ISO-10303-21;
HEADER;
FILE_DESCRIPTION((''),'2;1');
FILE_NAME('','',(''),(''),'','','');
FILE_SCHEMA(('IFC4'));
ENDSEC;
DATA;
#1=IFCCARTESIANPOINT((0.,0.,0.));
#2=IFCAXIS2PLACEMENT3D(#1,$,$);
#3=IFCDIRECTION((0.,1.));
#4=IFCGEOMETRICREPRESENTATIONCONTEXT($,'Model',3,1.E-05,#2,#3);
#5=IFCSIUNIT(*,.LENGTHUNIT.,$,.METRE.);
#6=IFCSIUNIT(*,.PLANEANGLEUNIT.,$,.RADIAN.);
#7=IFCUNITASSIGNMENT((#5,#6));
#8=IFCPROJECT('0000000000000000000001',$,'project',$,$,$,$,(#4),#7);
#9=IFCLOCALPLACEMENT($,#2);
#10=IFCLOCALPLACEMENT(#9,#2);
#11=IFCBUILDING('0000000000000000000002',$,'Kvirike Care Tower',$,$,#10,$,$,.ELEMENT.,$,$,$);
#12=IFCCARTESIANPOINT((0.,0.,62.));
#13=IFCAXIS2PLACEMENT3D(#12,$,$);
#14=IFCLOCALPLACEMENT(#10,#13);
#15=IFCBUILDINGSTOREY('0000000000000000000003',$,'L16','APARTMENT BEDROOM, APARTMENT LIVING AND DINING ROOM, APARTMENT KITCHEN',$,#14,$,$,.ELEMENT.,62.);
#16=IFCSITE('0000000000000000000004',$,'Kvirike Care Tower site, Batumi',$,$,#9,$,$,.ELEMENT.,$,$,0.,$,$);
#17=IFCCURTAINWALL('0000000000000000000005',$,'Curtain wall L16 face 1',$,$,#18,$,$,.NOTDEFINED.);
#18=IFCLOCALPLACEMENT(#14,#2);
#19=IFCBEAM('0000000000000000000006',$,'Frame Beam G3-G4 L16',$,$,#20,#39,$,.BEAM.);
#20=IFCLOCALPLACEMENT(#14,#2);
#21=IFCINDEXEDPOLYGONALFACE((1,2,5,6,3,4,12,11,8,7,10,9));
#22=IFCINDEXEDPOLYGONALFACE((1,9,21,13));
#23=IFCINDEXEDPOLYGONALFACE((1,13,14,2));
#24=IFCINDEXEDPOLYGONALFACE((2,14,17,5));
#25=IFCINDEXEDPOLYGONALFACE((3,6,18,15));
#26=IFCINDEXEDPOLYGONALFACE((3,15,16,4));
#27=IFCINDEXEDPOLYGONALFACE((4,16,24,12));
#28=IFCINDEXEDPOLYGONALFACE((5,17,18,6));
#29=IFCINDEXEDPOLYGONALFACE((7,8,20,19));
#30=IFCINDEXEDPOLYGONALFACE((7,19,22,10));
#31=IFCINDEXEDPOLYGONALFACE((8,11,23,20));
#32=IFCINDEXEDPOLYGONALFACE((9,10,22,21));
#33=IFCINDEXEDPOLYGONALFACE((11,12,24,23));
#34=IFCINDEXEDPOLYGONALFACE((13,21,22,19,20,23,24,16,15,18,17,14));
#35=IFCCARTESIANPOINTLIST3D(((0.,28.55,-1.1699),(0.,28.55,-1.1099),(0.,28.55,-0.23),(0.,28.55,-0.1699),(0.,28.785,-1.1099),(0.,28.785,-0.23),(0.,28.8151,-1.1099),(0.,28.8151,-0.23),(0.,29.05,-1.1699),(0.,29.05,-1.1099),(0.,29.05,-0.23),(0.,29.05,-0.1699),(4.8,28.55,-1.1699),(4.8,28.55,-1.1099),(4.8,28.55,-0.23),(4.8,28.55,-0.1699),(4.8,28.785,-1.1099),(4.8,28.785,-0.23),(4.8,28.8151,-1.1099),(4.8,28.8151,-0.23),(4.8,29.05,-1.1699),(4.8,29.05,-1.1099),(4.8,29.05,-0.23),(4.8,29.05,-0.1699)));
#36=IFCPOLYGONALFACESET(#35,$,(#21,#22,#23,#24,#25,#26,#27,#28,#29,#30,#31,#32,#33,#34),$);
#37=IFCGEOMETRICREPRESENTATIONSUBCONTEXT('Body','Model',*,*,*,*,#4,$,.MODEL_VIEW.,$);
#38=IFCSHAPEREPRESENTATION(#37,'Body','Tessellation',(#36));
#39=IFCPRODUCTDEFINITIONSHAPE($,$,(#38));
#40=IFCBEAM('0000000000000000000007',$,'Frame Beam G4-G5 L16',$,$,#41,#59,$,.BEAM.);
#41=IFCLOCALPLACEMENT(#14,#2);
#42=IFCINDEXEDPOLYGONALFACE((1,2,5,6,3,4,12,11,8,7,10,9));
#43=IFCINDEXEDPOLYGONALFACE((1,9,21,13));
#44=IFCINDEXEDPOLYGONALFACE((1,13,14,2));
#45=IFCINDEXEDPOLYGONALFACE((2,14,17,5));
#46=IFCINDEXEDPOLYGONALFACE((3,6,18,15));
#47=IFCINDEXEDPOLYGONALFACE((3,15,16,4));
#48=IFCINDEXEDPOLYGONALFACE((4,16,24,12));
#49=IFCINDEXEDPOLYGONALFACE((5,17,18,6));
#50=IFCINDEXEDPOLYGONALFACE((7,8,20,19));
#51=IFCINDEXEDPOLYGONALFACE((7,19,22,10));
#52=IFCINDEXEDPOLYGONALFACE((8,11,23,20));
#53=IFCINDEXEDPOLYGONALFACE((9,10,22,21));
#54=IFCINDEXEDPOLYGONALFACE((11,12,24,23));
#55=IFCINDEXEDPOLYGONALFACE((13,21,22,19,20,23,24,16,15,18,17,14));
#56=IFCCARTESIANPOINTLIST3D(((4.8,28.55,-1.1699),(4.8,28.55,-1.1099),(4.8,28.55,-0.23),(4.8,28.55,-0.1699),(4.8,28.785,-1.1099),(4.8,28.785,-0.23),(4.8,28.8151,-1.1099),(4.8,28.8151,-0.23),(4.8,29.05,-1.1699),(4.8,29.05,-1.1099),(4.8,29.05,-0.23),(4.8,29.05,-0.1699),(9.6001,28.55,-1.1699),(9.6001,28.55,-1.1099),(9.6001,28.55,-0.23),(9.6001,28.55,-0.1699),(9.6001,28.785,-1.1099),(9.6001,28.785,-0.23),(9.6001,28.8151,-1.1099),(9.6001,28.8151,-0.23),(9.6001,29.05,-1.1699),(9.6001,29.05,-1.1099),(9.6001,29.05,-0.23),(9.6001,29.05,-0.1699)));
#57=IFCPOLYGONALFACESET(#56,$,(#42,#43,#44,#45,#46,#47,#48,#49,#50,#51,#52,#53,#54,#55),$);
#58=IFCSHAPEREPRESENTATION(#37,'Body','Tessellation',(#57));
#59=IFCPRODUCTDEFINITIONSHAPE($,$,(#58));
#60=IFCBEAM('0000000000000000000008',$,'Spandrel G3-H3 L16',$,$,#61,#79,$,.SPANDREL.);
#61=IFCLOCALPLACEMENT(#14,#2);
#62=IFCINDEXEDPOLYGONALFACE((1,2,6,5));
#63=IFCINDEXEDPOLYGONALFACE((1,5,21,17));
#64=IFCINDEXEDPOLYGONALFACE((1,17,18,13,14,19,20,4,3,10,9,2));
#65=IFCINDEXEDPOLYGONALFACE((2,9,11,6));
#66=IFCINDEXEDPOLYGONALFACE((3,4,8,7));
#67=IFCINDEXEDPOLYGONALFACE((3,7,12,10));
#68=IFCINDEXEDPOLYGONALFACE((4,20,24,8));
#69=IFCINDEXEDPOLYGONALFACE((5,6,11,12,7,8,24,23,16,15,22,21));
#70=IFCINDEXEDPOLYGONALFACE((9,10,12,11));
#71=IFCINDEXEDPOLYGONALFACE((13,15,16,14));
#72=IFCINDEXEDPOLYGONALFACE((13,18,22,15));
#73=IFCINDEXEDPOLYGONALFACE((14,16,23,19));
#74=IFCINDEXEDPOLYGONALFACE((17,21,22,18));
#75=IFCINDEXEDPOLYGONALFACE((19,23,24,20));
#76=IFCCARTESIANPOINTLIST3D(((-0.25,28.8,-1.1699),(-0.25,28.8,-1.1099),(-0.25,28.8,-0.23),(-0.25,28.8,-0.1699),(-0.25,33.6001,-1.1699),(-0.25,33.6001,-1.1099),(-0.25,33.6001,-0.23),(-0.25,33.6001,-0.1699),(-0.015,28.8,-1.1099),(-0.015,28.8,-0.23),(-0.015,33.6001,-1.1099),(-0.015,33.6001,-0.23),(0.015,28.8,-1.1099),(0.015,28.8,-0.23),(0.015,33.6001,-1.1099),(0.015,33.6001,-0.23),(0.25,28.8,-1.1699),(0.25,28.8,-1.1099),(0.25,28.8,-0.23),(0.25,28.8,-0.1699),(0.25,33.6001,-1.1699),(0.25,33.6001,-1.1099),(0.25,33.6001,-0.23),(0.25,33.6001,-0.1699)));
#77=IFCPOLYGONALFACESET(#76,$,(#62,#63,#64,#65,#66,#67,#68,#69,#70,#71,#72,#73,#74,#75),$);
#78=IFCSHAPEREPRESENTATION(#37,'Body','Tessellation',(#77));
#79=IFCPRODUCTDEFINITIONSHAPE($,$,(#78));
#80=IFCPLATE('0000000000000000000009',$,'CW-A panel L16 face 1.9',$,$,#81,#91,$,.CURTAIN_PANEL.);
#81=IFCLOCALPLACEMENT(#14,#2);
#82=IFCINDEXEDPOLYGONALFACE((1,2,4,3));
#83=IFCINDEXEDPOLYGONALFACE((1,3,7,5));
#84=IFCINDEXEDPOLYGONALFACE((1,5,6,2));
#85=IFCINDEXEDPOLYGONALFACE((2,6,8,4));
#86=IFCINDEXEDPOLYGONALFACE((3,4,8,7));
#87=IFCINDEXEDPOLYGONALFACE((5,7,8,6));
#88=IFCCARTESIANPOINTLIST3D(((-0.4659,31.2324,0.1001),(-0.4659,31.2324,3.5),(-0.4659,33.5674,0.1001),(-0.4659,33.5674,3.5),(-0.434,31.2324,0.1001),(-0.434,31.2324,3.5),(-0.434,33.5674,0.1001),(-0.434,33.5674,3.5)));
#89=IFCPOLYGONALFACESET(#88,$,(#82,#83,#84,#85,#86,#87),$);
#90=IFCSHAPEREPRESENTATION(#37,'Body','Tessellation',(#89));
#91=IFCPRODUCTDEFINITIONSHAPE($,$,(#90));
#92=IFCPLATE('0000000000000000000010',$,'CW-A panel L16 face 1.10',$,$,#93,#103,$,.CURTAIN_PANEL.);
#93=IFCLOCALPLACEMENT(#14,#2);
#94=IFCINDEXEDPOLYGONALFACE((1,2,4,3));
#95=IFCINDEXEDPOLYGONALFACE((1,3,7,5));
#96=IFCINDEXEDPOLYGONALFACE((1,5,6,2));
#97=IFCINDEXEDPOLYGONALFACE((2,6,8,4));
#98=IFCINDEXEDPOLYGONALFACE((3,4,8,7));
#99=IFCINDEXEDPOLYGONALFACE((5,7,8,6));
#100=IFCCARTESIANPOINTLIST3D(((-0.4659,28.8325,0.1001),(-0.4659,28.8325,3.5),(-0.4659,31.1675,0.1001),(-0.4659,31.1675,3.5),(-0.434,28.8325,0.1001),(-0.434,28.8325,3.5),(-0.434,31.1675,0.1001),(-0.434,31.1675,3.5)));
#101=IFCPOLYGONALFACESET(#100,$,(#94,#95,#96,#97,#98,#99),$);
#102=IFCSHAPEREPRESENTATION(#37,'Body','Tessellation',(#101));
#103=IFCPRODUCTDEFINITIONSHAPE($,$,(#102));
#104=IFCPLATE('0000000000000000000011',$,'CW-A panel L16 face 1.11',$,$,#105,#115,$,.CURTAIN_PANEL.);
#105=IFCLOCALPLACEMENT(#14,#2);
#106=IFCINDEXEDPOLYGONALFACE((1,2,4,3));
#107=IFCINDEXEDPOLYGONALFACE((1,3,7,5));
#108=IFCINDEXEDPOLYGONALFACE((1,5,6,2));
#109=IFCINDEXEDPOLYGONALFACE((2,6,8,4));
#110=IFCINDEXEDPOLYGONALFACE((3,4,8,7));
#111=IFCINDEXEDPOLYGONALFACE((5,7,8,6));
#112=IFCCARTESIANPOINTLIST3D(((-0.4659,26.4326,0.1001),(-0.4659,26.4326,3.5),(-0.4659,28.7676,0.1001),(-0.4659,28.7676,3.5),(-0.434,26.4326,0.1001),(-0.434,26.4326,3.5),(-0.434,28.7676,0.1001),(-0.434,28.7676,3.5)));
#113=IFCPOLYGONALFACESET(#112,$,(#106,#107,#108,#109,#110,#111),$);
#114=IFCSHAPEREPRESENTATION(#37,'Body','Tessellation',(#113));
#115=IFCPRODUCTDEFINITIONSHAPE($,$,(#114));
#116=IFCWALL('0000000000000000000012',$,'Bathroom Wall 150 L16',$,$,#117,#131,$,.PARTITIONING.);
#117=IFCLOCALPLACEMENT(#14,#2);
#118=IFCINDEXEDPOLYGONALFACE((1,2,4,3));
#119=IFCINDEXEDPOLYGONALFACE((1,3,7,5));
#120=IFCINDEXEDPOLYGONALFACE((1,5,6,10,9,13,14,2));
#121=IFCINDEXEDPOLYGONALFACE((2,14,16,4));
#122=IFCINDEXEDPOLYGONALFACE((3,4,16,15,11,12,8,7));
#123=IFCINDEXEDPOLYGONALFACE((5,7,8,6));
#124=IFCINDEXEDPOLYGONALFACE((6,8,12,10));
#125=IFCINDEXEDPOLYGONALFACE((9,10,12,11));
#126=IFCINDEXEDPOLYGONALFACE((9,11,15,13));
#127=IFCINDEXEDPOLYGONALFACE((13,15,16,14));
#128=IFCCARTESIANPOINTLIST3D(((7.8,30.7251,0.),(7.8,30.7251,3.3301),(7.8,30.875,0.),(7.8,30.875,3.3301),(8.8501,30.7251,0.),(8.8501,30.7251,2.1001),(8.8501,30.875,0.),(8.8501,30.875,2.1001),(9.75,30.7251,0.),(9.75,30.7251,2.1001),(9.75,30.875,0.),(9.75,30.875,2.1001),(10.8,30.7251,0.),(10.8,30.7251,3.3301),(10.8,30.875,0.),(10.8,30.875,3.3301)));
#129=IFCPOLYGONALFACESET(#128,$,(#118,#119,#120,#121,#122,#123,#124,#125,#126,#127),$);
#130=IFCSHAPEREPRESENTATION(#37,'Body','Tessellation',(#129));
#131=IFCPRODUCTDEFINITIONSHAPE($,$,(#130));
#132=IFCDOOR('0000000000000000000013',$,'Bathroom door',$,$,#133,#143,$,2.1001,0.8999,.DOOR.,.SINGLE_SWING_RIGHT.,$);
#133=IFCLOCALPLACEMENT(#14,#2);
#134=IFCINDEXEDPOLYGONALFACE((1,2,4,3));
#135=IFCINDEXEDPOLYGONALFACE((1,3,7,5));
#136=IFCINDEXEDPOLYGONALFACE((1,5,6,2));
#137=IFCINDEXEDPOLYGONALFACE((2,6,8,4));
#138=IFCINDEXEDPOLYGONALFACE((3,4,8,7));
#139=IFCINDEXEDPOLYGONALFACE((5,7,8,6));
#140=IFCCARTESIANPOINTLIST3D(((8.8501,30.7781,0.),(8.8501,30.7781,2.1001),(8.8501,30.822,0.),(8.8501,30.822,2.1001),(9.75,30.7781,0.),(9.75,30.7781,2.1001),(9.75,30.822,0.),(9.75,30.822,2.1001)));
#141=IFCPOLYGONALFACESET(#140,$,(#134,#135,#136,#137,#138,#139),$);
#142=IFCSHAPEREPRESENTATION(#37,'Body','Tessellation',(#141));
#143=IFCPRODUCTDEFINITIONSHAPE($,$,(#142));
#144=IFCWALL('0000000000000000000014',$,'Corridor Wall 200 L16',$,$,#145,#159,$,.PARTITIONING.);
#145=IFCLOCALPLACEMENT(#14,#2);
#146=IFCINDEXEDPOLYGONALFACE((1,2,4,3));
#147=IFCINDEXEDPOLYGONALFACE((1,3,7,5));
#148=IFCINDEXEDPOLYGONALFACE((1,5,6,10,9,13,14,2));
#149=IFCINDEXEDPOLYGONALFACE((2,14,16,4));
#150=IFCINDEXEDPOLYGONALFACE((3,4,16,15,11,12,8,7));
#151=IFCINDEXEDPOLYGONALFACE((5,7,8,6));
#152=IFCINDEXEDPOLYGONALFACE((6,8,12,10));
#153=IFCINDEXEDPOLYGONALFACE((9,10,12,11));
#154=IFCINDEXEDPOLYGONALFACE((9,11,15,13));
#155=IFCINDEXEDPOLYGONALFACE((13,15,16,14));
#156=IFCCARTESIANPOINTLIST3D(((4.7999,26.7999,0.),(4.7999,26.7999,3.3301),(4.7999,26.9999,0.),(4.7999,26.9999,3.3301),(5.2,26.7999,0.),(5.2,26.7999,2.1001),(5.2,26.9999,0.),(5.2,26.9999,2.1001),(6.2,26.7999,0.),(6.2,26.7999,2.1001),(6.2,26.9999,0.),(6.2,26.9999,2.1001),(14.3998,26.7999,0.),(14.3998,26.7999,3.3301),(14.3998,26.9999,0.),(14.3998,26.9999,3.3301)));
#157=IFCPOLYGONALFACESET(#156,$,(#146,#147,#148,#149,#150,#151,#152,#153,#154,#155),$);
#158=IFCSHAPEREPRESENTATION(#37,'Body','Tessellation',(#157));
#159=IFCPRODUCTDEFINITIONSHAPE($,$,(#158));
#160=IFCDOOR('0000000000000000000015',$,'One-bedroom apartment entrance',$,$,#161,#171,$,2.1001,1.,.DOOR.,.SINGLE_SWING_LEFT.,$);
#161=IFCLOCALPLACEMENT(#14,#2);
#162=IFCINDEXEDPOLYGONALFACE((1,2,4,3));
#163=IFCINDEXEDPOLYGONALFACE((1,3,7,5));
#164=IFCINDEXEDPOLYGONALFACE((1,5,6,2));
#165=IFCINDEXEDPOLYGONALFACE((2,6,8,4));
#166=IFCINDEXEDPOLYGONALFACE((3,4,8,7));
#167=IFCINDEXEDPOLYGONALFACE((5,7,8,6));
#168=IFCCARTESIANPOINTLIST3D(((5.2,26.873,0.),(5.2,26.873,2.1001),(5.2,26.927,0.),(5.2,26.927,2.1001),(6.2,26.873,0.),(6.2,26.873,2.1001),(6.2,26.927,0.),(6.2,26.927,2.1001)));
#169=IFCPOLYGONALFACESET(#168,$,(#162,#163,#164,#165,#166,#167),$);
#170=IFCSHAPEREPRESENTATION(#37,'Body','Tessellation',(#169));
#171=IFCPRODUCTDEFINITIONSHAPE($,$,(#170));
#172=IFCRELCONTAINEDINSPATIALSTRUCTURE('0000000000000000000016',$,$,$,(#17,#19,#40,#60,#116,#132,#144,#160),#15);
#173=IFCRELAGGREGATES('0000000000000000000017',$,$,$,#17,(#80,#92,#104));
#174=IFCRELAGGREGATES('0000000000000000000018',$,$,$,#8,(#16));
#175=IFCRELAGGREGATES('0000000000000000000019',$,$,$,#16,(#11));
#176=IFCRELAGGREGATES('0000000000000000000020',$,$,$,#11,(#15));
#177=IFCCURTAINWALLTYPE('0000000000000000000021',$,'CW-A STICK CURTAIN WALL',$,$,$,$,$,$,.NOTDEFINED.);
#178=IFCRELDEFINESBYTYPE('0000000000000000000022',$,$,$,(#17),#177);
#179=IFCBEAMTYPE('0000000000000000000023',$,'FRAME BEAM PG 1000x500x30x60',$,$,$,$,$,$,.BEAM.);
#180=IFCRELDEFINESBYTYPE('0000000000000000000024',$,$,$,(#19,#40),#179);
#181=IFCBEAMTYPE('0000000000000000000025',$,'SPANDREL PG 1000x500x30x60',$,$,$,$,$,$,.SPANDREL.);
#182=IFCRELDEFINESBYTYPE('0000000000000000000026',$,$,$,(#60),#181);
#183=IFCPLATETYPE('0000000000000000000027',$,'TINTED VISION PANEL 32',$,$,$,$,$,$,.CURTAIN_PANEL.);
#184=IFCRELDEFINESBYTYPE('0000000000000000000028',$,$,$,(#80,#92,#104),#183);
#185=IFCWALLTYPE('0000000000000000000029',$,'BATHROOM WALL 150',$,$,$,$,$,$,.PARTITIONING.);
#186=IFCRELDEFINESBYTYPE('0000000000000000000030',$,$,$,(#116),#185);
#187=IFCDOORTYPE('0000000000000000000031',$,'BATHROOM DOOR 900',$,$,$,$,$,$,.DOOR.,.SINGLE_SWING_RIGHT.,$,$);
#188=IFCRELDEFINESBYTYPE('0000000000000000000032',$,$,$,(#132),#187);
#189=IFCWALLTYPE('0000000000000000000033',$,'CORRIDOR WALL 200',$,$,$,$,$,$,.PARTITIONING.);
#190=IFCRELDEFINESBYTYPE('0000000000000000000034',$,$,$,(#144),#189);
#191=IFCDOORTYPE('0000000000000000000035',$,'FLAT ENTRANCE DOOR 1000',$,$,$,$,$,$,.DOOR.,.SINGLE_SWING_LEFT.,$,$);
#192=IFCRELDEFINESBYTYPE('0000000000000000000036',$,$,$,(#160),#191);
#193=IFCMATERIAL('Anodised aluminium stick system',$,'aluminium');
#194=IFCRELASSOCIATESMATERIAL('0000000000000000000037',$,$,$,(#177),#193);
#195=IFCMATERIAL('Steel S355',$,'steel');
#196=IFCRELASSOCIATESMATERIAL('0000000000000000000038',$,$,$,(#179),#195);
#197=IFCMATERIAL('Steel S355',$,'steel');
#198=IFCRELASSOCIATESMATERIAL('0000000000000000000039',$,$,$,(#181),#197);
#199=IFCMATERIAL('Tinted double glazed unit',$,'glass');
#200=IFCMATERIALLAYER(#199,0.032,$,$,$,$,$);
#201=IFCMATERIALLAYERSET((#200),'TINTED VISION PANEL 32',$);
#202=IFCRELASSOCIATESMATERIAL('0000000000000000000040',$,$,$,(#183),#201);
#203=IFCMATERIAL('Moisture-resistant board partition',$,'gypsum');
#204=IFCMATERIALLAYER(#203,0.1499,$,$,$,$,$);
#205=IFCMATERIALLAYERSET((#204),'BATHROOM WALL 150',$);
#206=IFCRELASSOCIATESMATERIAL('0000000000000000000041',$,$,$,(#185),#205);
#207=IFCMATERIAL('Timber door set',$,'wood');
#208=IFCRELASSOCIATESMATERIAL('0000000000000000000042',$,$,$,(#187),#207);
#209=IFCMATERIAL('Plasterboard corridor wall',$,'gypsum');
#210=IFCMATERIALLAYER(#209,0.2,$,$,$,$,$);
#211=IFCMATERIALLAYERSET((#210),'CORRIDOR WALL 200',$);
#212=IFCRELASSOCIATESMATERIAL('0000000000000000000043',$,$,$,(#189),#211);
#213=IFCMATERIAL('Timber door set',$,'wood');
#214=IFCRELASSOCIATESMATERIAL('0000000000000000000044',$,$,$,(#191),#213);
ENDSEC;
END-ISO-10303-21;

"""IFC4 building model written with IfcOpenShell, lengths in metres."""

from ifc_helpers import new_model, si_unit, direction, frame, frame_2d, origin, origin_2d, place, context, subcontext, project, spatial, rectangle, i_section, extrude, material, layer, layer_set, material_profile, profile_set, type_object, element, fill, aggregate, save


model = new_model("IFC4")

# Units and contexts
model_context = context("Model", 3, precision=1e-05, world=origin(), true_north=direction((0.0, 1.0)))
body_context = subcontext(model_context, "Body", "Model", "MODEL_VIEW")
ifc_project = project(units=[si_unit("LENGTHUNIT", "METRE"), si_unit("PLANEANGLEUNIT", "RADIAN")], contexts=[model_context])

# Site, building, storey
site_placement = place(None, origin())
site = spatial("IfcSite", under=ifc_project, at=site_placement, Name="Kvirike Care Tower site, Batumi", CompositionType="ELEMENT", RefElevation=0.0)
building_placement = place(site_placement, origin())
building = spatial("IfcBuilding", under=site, at=building_placement, Name="Kvirike Care Tower", CompositionType="ELEMENT")
storey_placement = place(building_placement, frame((0.0, 0.0, 62.0)))
storey = spatial("IfcBuildingStorey", under=building, at=storey_placement, Name="L16", Description="APARTMENT BEDROOM, APARTMENT LIVING AND DINING ROOM, APARTMENT KITCHEN", CompositionType="ELEMENT", Elevation=62.0)

# Curtain wall
ifc_material_1 = material(Name="Anodised aluminium stick system", Category="aluminium")
curtain_wall_type = type_object("IfcCurtainWallType", Name="CW-A STICK CURTAIN WALL", PredefinedType="NOTDEFINED", material=ifc_material_1)
curtain_wall_placement = place(storey_placement, origin())
curtain_wall = element("IfcCurtainWall", 1, at=curtain_wall_placement, inside=storey, type_object=curtain_wall_type, Name="Curtain wall L16 face 1", PredefinedType="NOTDEFINED")

# Beams
ifc_material_2 = material(Name="Steel S355", Category="steel")
ifc_material_profile_1 = material_profile(ifc_material_2, i_section(OverallWidth=0.5, OverallDepth=1.0, WebThickness=0.03, FlangeThickness=0.0601, at=origin_2d()), Name="PG 1000x500x30x60")
ifc_profile_set_1 = profile_set([ifc_material_profile_1], Name="Steel S355")
beam_type_1 = type_object("IfcBeamType", Name="FRAME BEAM PG 1000x500x30x60", PredefinedType="BEAM", material=ifc_profile_set_1)
for number, where, z_axis, x_axis, name in (
    (2, (0.0, 28.8, -0.6699), (1.0, 0.0, 0.0), (0.0, 1.0, 0.0), "Frame Beam G3-G4 L16"),
    (3, (4.8, 28.8, -0.6699), (1.0, 0.0, 0.0), (0.0, 1.0, 0.0), "Frame Beam G4-G5 L16"),
):
    element("IfcBeam", number, at=place(storey_placement, frame(where, z_axis=z_axis, x_axis=x_axis)), inside=storey, type_object=beam_type_1, Name=name, PredefinedType="BEAM", context=body_context, shape_type="SweptSolid", body=[
        extrude(i_section(OverallWidth=0.5, OverallDepth=1.0, WebThickness=0.03, FlangeThickness=0.0601, at=origin_2d()), origin(), (0.0, 0.0, 1.0), 4.8),
    ])
ifc_material_3 = material(Name="Steel S355", Category="steel")
ifc_material_profile_2 = material_profile(ifc_material_3, i_section(OverallWidth=0.5, OverallDepth=1.0, WebThickness=0.03, FlangeThickness=0.0601, at=origin_2d()), Name="PG 1000x500x30x60")
ifc_profile_set_2 = profile_set([ifc_material_profile_2], Name="Steel S355")
beam_type_2 = type_object("IfcBeamType", Name="SPANDREL PG 1000x500x30x60", PredefinedType="SPANDREL", material=ifc_profile_set_2)
beam_1_placement = place(storey_placement, frame((0.0, 28.8, -0.6699), z_axis=(0.0, 1.0, 0.0), x_axis=(-1.0, 0.0, 0.0)))
element("IfcBeam", 4, at=beam_1_placement, inside=storey, type_object=beam_type_2, Name="Spandrel G3-H3 L16", PredefinedType="SPANDREL", context=body_context, shape_type="SweptSolid", body=[
    extrude(i_section(OverallWidth=0.5, OverallDepth=1.0, WebThickness=0.03, FlangeThickness=0.0601, at=origin_2d()), origin(), (0.0, 0.0, 1.0), 4.8),
])

# Plates
ifc_material_4 = material(Name="Tinted double glazed unit", Category="glass")
ifc_layer_1 = layer(ifc_material_4, 0.032)
ifc_layer_set_1 = layer_set([ifc_layer_1], Name="TINTED VISION PANEL 32")
plate_type = type_object("IfcPlateType", Name="TINTED VISION PANEL 32", PredefinedType="CURTAIN_PANEL", material=ifc_layer_set_1)
plate_1_placement = place(storey_placement, frame((-0.45, 32.3999, 0.1001), z_axis=(0.0, 0.0, 1.0), x_axis=(0.0, -1.0, 0.0)))
plate_1 = element("IfcPlate", 5, at=plate_1_placement, type_object=plate_type, Name="CW-A panel L16 face 1.9", PredefinedType="CURTAIN_PANEL", context=body_context, shape_type="SweptSolid", body=[
    extrude(rectangle(XDim=2.335, YDim=0.032, at=origin_2d()), origin(), (0.0, 0.0, 1.0), 3.3999),
])
plate_2_placement = place(storey_placement, frame((-0.45, 30.0, 0.1001), z_axis=(0.0, 0.0, 1.0), x_axis=(0.0, -1.0, 0.0)))
plate_2 = element("IfcPlate", 6, at=plate_2_placement, type_object=plate_type, Name="CW-A panel L16 face 1.10", PredefinedType="CURTAIN_PANEL", context=body_context, shape_type="SweptSolid", body=[
    extrude(rectangle(XDim=2.335, YDim=0.032, at=origin_2d()), origin(), (0.0, 0.0, 1.0), 3.3999),
])
plate_3_placement = place(storey_placement, frame((-0.45, 27.6001, 0.1001), z_axis=(0.0, 0.0, 1.0), x_axis=(0.0, -1.0, 0.0)))
plate_3 = element("IfcPlate", 7, at=plate_3_placement, type_object=plate_type, Name="CW-A panel L16 face 1.11", PredefinedType="CURTAIN_PANEL", context=body_context, shape_type="SweptSolid", body=[
    extrude(rectangle(XDim=2.335, YDim=0.032, at=origin_2d()), origin(), (0.0, 0.0, 1.0), 3.3999),
])
aggregate(curtain_wall, [plate_1, plate_2, plate_3])

# Walls, openings, doors
ifc_material_5 = material(Name="Moisture-resistant board partition", Category="gypsum")
ifc_layer_2 = layer(ifc_material_5, 0.1499)
ifc_layer_set_2 = layer_set([ifc_layer_2], Name="BATHROOM WALL 150")
wall_type_1 = type_object("IfcWallType", Name="BATHROOM WALL 150", PredefinedType="PARTITIONING", material=ifc_layer_set_2)
wall_1_placement = place(storey_placement, frame((7.8, 30.8, 0.0), z_axis=(0.0, 0.0, 1.0), x_axis=(1.0, 0.0, 0.0)))
wall_1 = element("IfcWall", 8, at=wall_1_placement, inside=storey, type_object=wall_type_1, Name="Bathroom Wall 150 L16", PredefinedType="PARTITIONING", context=body_context, shape_type="SweptSolid", body=[
    extrude(rectangle(XDim=3.0, YDim=0.1499, at=frame_2d((1.5, 0.0))), origin(), (0.0, 0.0, 1.0), 3.3301),
])
opening_1_placement = place(wall_1_placement, frame((1.05, 0.0, 0.0)))
opening_1 = element("IfcOpeningElement", 9, at=opening_1_placement, cuts=wall_1, PredefinedType="OPENING", context=body_context, shape_type="SweptSolid", body=[
    extrude(rectangle(XDim=0.8999, YDim=2.1001, at=frame_2d((0.45, 1.05))), frame((0.0, 0.0854, 0.0), z_axis=(0.0, -1.0, 0.0), x_axis=(1.0, 0.0, 0.0)), (0.0, 0.0, 1.0), 0.1709),
])
ifc_material_6 = material(Name="Timber door set", Category="wood")
door_type_1 = type_object("IfcDoorType", Name="BATHROOM DOOR 900", OperationType="SINGLE_SWING_RIGHT", PredefinedType="DOOR", material=ifc_material_6)
door_1_placement = place(opening_1_placement, origin())
door_1 = element("IfcDoor", 10, at=door_1_placement, inside=storey, type_object=door_type_1, Name="Bathroom door", OperationType="SINGLE_SWING_RIGHT", OverallHeight=2.1001, OverallWidth=0.8999, PredefinedType="DOOR", context=body_context, shape_type="SweptSolid", body=[
    extrude(rectangle(XDim=0.8999, YDim=2.1001, at=frame_2d((0.45, 1.05))), frame((0.0, 0.022, 0.0), z_axis=(0.0, -1.0, 0.0), x_axis=(1.0, 0.0, 0.0)), (0.0, 0.0, 1.0), 0.0439),
])
fill(opening_1, door_1)
ifc_material_7 = material(Name="Plasterboard corridor wall", Category="gypsum")
ifc_layer_3 = layer(ifc_material_7, 0.2)
ifc_layer_set_3 = layer_set([ifc_layer_3], Name="CORRIDOR WALL 200")
wall_type_2 = type_object("IfcWallType", Name="CORRIDOR WALL 200", PredefinedType="PARTITIONING", material=ifc_layer_set_3)
wall_2_placement = place(storey_placement, frame((4.8, 26.8999, 0.0), z_axis=(0.0, 0.0, 1.0), x_axis=(1.0, 0.0, 0.0)))
wall_2 = element("IfcWall", 11, at=wall_2_placement, inside=storey, type_object=wall_type_2, Name="Corridor Wall 200 L16", PredefinedType="PARTITIONING", context=body_context, shape_type="SweptSolid", body=[
    extrude(rectangle(XDim=9.5999, YDim=0.2, at=frame_2d((4.7998, 0.0))), origin(), (0.0, 0.0, 1.0), 3.3301),
])
opening_2_placement = place(wall_2_placement, frame((0.3999, 0.0, 0.0)))
opening_2 = element("IfcOpeningElement", 12, at=opening_2_placement, cuts=wall_2, PredefinedType="OPENING", context=body_context, shape_type="SweptSolid", body=[
    extrude(rectangle(XDim=1.0, YDim=2.1001, at=frame_2d((0.5, 1.05))), frame((0.0, 0.1106, 0.0), z_axis=(0.0, -1.0, 0.0), x_axis=(1.0, 0.0, 0.0)), (0.0, 0.0, 1.0), 0.2209),
])
ifc_material_8 = material(Name="Timber door set", Category="wood")
door_type_2 = type_object("IfcDoorType", Name="FLAT ENTRANCE DOOR 1000", OperationType="SINGLE_SWING_LEFT", PredefinedType="DOOR", material=ifc_material_8)
door_2_placement = place(opening_2_placement, frame((1.0, 0.0, 0.0), z_axis=(0.0, 0.0, 1.0), x_axis=(-1.0, 0.0, 0.0)))
door_2 = element("IfcDoor", 13, at=door_2_placement, inside=storey, type_object=door_type_2, Name="One-bedroom apartment entrance", OperationType="SINGLE_SWING_LEFT", OverallHeight=2.1001, OverallWidth=1.0, PredefinedType="DOOR", context=body_context, shape_type="SweptSolid", body=[
    extrude(rectangle(XDim=1.0, YDim=2.1001, at=frame_2d((0.5, 1.05))), frame((0.0, 0.0269, 0.0), z_axis=(0.0, -1.0, 0.0), x_axis=(1.0, 0.0, 0.0)), (0.0, 0.0, 1.0), 0.054),
])
fill(opening_2, door_2)

save(model, "model.ifc")
